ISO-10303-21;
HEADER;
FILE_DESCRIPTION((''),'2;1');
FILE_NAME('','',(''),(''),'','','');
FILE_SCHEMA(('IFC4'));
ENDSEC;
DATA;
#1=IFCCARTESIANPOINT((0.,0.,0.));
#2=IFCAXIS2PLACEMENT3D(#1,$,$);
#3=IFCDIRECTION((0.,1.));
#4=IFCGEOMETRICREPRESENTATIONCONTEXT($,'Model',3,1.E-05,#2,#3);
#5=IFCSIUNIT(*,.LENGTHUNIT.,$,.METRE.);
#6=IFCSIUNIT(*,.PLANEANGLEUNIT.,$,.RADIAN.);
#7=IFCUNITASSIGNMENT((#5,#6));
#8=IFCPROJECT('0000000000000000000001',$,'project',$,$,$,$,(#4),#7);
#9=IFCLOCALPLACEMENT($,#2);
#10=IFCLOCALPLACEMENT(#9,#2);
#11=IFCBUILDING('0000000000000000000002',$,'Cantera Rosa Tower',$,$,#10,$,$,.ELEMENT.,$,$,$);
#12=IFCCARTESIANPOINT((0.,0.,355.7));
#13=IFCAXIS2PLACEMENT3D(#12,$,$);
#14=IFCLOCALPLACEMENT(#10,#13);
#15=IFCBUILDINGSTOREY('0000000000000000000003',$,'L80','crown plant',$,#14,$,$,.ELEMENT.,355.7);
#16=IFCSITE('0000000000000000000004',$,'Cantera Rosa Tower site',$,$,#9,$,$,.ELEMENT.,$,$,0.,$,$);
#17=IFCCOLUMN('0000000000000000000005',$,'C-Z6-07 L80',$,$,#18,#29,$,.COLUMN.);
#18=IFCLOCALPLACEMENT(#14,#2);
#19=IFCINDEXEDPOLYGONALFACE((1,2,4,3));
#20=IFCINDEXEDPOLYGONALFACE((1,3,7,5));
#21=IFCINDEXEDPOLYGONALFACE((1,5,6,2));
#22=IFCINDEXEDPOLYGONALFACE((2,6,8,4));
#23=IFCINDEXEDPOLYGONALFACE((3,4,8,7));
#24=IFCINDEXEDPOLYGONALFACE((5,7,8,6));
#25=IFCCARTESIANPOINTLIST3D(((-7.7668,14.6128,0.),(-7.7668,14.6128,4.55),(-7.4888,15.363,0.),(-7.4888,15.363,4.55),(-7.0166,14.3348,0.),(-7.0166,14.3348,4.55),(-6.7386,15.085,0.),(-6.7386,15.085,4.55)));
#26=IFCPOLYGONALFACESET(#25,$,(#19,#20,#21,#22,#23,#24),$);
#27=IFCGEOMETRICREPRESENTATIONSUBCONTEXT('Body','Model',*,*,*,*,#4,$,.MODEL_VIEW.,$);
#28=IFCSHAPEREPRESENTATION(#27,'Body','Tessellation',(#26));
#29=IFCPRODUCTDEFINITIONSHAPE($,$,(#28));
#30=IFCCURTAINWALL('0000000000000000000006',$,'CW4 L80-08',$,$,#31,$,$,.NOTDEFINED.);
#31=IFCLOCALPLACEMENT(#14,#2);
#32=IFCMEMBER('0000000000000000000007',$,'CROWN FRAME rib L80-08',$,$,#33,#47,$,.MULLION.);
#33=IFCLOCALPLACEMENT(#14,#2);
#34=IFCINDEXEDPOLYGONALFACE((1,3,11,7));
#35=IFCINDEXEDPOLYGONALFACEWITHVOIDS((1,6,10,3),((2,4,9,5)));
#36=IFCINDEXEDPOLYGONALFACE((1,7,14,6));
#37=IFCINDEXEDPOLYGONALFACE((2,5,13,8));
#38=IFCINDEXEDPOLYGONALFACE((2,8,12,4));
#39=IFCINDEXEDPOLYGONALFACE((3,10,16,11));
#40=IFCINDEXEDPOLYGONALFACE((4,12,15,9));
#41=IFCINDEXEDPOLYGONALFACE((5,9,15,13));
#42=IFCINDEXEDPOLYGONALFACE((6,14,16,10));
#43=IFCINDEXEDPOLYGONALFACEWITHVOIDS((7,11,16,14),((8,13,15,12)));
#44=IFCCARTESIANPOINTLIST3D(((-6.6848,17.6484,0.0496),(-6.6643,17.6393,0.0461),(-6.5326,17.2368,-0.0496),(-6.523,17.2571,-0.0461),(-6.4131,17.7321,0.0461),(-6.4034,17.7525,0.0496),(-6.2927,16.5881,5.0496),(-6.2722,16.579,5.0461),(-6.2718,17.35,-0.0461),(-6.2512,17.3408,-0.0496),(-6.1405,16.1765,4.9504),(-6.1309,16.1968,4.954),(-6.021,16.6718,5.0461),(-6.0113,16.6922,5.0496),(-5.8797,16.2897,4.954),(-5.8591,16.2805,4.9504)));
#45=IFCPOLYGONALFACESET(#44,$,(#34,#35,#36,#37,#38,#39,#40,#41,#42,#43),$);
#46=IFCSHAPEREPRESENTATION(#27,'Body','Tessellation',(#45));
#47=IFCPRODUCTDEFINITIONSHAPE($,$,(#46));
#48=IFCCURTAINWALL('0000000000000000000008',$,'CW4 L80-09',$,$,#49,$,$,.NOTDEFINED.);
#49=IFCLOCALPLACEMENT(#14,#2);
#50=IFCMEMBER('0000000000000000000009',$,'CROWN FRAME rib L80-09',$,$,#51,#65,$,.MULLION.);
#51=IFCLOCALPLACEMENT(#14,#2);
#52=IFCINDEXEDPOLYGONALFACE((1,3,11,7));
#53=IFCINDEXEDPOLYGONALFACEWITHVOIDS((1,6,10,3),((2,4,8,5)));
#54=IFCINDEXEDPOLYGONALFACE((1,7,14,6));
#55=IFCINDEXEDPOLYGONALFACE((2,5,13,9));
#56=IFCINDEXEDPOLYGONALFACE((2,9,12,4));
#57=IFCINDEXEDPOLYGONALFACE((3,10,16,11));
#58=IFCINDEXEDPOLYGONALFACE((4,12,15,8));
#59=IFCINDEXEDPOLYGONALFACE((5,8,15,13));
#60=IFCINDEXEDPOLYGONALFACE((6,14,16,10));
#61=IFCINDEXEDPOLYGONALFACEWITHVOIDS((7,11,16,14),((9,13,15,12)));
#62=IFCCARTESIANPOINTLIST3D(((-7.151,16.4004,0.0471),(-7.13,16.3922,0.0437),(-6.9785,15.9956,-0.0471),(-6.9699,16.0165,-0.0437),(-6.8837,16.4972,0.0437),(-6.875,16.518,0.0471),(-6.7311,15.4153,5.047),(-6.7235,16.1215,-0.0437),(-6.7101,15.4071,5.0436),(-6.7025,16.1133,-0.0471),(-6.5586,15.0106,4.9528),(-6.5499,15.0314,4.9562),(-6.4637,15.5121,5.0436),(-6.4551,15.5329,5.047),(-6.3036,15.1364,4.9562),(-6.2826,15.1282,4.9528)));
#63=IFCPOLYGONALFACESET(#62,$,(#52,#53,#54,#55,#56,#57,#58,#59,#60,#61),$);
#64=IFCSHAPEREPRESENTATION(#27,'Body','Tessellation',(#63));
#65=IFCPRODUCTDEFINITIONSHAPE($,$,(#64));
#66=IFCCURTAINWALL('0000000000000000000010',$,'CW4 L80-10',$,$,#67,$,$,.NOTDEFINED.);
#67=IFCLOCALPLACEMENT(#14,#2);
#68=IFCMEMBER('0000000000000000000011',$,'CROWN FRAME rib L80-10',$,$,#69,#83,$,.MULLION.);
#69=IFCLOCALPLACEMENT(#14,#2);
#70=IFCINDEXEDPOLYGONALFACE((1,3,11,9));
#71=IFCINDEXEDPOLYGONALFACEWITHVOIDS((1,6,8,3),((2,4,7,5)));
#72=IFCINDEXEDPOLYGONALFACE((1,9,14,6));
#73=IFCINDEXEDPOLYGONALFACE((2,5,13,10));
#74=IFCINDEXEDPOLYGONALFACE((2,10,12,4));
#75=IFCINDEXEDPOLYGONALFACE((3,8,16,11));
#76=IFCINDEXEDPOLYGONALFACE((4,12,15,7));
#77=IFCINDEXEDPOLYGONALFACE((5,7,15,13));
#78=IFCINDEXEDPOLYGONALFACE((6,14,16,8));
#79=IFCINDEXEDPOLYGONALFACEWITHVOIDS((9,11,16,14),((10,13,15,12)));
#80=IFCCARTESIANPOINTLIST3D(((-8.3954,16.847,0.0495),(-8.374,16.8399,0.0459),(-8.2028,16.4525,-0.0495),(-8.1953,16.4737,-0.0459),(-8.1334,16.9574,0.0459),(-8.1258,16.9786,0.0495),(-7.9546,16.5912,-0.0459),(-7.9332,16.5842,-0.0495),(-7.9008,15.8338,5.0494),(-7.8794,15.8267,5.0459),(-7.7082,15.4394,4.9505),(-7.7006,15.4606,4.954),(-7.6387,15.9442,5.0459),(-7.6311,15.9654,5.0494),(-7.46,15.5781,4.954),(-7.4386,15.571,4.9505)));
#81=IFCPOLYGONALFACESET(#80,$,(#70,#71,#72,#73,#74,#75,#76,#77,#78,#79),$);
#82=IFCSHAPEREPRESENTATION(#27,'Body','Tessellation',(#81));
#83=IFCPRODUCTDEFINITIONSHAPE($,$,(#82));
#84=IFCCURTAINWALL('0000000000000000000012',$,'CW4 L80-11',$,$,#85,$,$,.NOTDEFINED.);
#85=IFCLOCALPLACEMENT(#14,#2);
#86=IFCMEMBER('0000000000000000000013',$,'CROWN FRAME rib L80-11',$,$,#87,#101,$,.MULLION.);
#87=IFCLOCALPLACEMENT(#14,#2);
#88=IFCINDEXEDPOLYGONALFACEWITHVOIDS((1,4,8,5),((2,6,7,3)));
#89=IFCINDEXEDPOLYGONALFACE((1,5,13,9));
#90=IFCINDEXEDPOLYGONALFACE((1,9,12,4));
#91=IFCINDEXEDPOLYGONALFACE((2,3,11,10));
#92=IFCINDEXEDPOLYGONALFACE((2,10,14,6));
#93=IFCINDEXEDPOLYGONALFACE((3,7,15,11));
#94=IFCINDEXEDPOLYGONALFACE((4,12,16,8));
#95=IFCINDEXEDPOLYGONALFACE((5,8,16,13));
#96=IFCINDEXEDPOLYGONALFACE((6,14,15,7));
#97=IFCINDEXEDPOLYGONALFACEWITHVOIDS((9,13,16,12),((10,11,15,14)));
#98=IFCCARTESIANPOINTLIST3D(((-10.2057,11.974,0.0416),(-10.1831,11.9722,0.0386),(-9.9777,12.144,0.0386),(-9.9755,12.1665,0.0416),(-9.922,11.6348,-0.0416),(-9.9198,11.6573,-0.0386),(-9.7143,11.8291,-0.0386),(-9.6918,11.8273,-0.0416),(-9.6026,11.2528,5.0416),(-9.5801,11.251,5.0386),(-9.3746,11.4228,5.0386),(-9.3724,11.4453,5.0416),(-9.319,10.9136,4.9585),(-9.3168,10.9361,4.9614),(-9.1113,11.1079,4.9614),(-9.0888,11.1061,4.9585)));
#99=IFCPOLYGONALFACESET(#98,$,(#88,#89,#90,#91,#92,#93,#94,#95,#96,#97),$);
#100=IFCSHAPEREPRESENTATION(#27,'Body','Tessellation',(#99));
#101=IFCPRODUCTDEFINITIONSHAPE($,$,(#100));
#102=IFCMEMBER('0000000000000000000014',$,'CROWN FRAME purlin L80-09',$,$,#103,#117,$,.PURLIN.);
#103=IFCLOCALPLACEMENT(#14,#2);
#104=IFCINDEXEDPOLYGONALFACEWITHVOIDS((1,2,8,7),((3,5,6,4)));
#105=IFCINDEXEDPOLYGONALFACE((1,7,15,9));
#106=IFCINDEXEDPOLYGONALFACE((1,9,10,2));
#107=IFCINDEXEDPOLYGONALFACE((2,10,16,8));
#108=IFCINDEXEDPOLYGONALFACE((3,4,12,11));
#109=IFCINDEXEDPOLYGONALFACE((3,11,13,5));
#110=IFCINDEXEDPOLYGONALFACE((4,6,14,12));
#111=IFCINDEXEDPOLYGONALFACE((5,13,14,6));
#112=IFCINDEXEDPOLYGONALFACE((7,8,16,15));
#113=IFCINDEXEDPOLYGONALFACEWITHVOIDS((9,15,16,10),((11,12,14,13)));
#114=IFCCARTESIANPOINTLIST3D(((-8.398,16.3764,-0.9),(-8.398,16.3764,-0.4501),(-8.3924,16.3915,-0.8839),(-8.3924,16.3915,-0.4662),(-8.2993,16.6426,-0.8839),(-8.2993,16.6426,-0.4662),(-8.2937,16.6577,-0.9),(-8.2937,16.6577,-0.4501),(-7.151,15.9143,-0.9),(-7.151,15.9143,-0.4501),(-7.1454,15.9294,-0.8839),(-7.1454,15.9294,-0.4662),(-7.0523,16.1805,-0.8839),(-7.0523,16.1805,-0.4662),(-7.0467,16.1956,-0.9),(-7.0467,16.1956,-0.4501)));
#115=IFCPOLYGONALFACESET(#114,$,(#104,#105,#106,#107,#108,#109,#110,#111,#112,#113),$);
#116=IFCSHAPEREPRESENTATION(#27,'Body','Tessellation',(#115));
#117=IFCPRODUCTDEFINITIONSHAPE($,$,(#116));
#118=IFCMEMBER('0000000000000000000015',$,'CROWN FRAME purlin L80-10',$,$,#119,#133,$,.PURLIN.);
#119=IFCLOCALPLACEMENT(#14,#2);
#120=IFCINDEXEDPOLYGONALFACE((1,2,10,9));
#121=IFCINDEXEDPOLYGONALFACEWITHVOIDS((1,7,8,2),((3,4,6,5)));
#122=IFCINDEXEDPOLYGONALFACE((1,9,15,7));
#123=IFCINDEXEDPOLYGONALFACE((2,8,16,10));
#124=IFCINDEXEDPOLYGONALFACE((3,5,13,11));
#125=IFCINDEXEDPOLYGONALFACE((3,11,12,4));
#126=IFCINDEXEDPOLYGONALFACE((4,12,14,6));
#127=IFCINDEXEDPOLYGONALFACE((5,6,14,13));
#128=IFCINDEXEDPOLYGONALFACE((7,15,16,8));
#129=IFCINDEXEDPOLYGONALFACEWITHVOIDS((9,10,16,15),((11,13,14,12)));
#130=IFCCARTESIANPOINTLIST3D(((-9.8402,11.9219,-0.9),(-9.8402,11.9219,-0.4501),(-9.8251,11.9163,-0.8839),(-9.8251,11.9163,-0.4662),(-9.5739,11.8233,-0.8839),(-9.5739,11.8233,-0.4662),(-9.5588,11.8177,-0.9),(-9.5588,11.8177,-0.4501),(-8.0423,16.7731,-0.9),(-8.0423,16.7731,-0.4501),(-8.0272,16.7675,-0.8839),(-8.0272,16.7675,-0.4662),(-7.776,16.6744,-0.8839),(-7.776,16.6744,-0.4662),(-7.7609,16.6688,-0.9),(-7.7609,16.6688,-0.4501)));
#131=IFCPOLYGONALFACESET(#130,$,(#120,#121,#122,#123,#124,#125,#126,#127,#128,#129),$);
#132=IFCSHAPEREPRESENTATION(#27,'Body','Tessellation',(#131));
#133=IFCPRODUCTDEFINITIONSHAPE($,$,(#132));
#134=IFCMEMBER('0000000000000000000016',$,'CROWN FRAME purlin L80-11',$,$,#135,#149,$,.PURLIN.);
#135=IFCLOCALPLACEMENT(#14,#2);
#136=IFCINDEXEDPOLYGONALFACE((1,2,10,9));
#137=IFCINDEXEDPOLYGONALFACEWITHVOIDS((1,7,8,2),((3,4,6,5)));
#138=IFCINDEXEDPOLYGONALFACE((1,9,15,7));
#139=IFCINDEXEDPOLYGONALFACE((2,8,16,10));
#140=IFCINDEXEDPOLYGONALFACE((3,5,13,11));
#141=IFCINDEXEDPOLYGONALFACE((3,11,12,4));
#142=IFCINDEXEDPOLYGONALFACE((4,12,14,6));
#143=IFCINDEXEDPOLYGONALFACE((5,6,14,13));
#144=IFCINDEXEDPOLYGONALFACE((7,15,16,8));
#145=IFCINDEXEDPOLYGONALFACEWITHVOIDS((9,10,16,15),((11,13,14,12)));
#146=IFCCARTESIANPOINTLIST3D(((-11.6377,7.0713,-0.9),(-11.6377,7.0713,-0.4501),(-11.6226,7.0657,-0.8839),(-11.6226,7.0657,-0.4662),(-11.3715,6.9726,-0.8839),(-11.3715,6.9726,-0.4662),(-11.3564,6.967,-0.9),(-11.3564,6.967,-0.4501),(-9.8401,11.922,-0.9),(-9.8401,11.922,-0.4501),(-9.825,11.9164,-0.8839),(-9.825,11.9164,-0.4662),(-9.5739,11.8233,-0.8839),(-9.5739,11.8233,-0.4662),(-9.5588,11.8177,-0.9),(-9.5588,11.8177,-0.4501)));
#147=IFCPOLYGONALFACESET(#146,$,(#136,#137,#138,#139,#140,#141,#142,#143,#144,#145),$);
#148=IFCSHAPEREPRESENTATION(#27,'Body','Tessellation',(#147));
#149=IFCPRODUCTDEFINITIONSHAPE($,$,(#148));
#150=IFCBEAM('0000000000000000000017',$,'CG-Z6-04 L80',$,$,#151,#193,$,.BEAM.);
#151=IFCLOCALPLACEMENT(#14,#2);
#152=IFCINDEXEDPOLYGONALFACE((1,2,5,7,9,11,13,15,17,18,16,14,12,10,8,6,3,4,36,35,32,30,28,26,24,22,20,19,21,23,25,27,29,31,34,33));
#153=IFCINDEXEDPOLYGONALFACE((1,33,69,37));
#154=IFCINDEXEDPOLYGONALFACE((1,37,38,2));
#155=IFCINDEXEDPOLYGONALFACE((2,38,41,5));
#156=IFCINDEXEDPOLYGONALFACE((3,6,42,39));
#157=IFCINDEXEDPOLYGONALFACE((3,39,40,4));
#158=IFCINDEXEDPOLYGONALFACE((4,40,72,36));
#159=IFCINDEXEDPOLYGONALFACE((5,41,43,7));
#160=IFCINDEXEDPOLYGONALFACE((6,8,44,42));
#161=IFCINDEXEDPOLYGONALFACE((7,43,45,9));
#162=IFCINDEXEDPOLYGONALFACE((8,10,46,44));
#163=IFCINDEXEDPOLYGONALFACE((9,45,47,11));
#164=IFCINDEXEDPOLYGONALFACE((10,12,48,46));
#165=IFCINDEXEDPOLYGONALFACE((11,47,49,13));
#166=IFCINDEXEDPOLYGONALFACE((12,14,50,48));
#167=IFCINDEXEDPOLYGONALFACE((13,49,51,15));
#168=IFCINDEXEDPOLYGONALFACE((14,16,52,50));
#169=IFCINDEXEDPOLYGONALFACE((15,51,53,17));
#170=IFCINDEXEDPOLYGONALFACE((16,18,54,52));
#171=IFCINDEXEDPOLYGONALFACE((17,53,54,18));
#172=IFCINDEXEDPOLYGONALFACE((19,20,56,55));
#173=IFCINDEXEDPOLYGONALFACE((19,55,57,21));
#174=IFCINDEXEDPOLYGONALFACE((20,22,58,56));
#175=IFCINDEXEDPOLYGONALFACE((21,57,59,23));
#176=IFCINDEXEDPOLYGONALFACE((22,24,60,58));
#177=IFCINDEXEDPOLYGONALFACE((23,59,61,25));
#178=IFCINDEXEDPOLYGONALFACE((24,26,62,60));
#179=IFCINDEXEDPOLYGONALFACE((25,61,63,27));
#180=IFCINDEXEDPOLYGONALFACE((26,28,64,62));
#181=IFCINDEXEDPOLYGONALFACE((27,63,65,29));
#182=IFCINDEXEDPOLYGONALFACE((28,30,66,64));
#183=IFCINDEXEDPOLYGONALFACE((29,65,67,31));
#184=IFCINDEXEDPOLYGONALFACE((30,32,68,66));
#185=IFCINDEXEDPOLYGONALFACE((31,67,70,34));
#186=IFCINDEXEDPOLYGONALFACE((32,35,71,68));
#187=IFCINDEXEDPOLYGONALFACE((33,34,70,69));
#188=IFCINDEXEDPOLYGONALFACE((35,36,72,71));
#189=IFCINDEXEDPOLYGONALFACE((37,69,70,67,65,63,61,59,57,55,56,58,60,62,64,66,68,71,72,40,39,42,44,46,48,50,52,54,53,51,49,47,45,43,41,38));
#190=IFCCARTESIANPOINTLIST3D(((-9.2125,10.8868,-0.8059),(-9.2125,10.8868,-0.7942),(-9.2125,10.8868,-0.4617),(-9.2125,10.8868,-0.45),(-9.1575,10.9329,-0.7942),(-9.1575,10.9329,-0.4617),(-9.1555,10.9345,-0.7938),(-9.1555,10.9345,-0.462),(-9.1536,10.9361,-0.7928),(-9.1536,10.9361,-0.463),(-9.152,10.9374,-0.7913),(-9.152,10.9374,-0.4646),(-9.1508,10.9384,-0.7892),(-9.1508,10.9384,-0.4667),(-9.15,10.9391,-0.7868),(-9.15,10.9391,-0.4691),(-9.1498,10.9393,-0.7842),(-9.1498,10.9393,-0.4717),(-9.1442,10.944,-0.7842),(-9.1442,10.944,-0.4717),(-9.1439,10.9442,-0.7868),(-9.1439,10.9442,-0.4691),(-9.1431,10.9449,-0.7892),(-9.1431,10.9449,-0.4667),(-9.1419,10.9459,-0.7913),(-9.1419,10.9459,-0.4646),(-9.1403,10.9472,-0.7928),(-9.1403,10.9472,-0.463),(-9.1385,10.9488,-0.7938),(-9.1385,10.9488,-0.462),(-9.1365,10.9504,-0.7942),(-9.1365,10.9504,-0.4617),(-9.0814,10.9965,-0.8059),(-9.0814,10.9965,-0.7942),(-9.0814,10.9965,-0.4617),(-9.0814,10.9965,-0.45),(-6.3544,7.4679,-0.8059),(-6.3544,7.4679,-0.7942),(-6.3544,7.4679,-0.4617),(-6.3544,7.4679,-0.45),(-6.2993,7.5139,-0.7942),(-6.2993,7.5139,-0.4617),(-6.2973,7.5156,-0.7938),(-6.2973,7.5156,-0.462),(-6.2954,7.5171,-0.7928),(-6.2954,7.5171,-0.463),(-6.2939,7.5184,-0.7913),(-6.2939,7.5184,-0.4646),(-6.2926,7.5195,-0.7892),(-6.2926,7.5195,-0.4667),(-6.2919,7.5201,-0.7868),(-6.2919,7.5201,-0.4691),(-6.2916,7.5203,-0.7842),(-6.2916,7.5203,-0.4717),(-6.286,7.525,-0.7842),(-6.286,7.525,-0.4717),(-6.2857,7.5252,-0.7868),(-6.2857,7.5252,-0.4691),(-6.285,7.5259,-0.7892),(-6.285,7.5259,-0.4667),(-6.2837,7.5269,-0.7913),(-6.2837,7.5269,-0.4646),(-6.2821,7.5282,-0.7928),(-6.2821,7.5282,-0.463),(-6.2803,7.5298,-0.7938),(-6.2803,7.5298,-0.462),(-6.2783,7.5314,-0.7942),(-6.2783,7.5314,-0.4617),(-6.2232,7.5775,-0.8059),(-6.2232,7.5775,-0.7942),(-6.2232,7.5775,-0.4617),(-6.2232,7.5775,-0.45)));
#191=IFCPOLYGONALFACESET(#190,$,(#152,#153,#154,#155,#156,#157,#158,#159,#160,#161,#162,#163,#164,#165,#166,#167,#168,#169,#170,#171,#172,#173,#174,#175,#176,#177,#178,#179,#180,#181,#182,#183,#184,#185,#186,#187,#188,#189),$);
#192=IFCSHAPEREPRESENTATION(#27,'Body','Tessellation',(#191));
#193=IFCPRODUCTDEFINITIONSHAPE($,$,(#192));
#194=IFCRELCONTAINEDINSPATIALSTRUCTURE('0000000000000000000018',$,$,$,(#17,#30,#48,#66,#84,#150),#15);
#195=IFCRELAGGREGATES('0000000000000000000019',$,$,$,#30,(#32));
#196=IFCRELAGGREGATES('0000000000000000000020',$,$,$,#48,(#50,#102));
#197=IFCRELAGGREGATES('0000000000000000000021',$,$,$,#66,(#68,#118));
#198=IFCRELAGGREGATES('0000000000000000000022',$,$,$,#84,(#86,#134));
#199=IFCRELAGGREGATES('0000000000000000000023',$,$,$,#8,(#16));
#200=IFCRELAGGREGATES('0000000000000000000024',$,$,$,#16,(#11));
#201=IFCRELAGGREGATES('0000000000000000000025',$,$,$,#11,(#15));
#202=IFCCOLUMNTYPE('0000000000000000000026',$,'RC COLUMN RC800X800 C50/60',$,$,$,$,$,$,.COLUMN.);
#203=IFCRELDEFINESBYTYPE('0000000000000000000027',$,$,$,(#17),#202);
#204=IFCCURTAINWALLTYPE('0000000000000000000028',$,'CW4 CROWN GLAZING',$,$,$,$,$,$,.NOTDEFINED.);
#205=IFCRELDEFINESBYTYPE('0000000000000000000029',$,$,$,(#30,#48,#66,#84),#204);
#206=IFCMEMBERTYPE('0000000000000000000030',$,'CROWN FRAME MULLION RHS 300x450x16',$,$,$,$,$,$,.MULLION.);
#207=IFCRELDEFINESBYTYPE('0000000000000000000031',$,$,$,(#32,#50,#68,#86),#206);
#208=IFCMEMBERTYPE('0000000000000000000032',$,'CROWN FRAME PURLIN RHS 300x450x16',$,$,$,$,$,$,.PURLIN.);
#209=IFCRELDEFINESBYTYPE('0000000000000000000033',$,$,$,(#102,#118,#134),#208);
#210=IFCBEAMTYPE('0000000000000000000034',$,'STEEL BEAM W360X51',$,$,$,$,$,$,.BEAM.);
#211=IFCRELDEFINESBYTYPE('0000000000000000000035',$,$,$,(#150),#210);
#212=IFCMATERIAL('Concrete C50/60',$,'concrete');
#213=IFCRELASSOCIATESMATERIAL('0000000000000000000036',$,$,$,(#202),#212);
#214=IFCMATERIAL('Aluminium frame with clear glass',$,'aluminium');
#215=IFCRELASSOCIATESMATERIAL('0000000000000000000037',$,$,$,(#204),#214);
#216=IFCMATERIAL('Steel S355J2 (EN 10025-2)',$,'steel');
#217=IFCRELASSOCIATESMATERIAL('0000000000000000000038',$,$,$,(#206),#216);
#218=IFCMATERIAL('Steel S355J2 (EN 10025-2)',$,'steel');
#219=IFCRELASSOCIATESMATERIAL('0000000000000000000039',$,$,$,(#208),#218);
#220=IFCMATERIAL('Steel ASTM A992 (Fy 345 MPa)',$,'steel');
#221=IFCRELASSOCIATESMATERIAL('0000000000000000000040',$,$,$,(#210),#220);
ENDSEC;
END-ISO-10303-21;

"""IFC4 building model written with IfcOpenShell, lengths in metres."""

from ifc_helpers import new_model, si_unit, direction, frame, origin, origin_2d, place, context, subcontext, project, spatial, rectangle, hollow_rectangle, i_section, extrude, material, material_profile, profile_set, type_object, element, aggregate, save


model = new_model("IFC4")

# Units and contexts
model_context = context("Model", 3, precision=1e-05, world=origin(), true_north=direction((0.0, 1.0)))
body_context = subcontext(model_context, "Body", "Model", "MODEL_VIEW")
ifc_project = project(units=[si_unit("LENGTHUNIT", "METRE"), si_unit("PLANEANGLEUNIT", "RADIAN")], contexts=[model_context])

# Site, building, storey
site_placement = place(None, origin())
site = spatial("IfcSite", under=ifc_project, at=site_placement, Name="Cantera Rosa Tower site", CompositionType="ELEMENT", RefElevation=0.0)
building_placement = place(site_placement, origin())
building = spatial("IfcBuilding", under=site, at=building_placement, Name="Cantera Rosa Tower", CompositionType="ELEMENT")
storey_placement = place(building_placement, frame((0.0, 0.0, 355.7)))
storey = spatial("IfcBuildingStorey", under=building, at=storey_placement, Name="L80", Description="crown plant", CompositionType="ELEMENT", Elevation=355.7)

# Column
ifc_material_1 = material(Name="Concrete C50/60", Category="concrete")
ifc_material_profile_1 = material_profile(ifc_material_1, rectangle(XDim=0.8, YDim=0.8, at=origin_2d()), Name="RC COLUMN RC800X800 C50/60")
ifc_profile_set_1 = profile_set([ifc_material_profile_1], Name="Concrete C50/60")
column_type = type_object("IfcColumnType", Name="RC COLUMN RC800X800 C50/60", PredefinedType="COLUMN", material=ifc_profile_set_1)
column_placement = place(storey_placement, frame((-7.2527, 14.8489, 0.0), z_axis=(0.0, 0.0, 1.0), x_axis=(0.347481, 0.937687, 0.0)))
element("IfcColumn", 1, at=column_placement, inside=storey, type_object=column_type, Name="C-Z6-07 L80", PredefinedType="COLUMN", context=body_context, shape_type="SweptSolid", body=[
    extrude(rectangle(XDim=0.8, YDim=0.8, at=origin_2d()), origin(), (0.0, 0.0, 1.0), 4.55),
])

# Curtain walls, members
ifc_material_2 = material(Name="Aluminium frame with clear glass", Category="aluminium")
curtain_wall_type = type_object("IfcCurtainWallType", Name="CW4 CROWN GLAZING", PredefinedType="NOTDEFINED", material=ifc_material_2)
curtain_wall_1_placement = place(storey_placement, origin())
curtain_wall_1 = element("IfcCurtainWall", 2, at=curtain_wall_1_placement, inside=storey, type_object=curtain_wall_type, Name="CW4 L80-08", PredefinedType="NOTDEFINED")
ifc_material_3 = material(Name="Steel S355J2 (EN 10025-2)", Category="steel")
ifc_material_profile_2 = material_profile(ifc_material_3, hollow_rectangle(XDim=0.3, YDim=0.45, WallThickness=0.0161, at=origin_2d()), Name="CROWN FRAME MULLION RHS 300x450x16")
ifc_profile_set_2 = profile_set([ifc_material_profile_2], Name="Steel S355J2 (EN 10025-2)")
member_type_1 = type_object("IfcMemberType", Name="CROWN FRAME MULLION RHS 300x450x16", PredefinedType="MULLION", material=ifc_profile_set_2)
member_1_placement = place(storey_placement, frame((-6.468, 17.4946, 0.0), z_axis=(0.076487, -0.20684, 0.97538), x_axis=(0.937926, 0.346836, 0.0)))
member_1 = element("IfcMember", 3, at=member_1_placement, type_object=member_type_1, Name="CROWN FRAME rib L80-08", PredefinedType="MULLION", context=body_context, shape_type="SweptSolid", body=[
    extrude(hollow_rectangle(XDim=0.3, YDim=0.45, WallThickness=0.0161, at=origin_2d()), origin(), (0.0, 0.0, 1.0), 5.1262),
])
curtain_wall_2_placement = place(storey_placement, origin())
curtain_wall_2 = element("IfcCurtainWall", 4, at=curtain_wall_2_placement, inside=storey, type_object=curtain_wall_type, Name="CW4 L80-09", PredefinedType="NOTDEFINED")
member_2_placement = place(storey_placement, frame((-6.9268, 16.2568, 0.0), z_axis=(0.082122, -0.192652, 0.977825), x_axis=(0.91991, 0.39213, 0.0)))
member_2 = element("IfcMember", 5, at=member_2_placement, type_object=member_type_1, Name="CROWN FRAME rib L80-09", PredefinedType="MULLION", context=body_context, shape_type="SweptSolid", body=[
    extrude(hollow_rectangle(XDim=0.3, YDim=0.45, WallThickness=0.0161, at=origin_2d()), origin(), (0.0, 0.0, 1.0), 5.1133),
])
curtain_wall_3_placement = place(storey_placement, origin())
curtain_wall_3 = element("IfcCurtainWall", 6, at=curtain_wall_3_placement, inside=storey, type_object=curtain_wall_type, Name="CW4 L80-10", PredefinedType="NOTDEFINED")
member_3_placement = place(storey_placement, frame((-8.1643, 16.7156, 0.0), z_axis=(0.096503, -0.197673, 0.975506), x_axis=(0.898631, 0.438705, 0.0)))
member_3 = element("IfcMember", 7, at=member_3_placement, type_object=member_type_1, Name="CROWN FRAME rib L80-10", PredefinedType="MULLION", context=body_context, shape_type="SweptSolid", body=[
    extrude(hollow_rectangle(XDim=0.3, YDim=0.45, WallThickness=0.0161, at=origin_2d()), origin(), (0.0, 0.0, 1.0), 5.1255),
])
curtain_wall_4_placement = place(storey_placement, origin())
curtain_wall_4 = element("IfcCurtainWall", 8, at=curtain_wall_4_placement, inside=storey, type_object=curtain_wall_type, Name="CW4 L80-11", PredefinedType="NOTDEFINED")
member_4_placement = place(storey_placement, frame((-9.9487, 11.9006, 0.0), z_axis=(0.118529, -0.141755, 0.98278), x_axis=(0.767156, 0.641461, 0.0)))
member_4 = element("IfcMember", 9, at=member_4_placement, type_object=member_type_1, Name="CROWN FRAME rib L80-11", PredefinedType="MULLION", context=body_context, shape_type="SweptSolid", body=[
    extrude(hollow_rectangle(XDim=0.3, YDim=0.45, WallThickness=0.0161, at=origin_2d()), origin(), (0.0, 0.0, 1.0), 5.0876),
])

# Members
ifc_material_4 = material(Name="Steel S355J2 (EN 10025-2)", Category="steel")
ifc_material_profile_3 = material_profile(ifc_material_4, hollow_rectangle(XDim=0.3, YDim=0.45, WallThickness=0.0161, at=origin_2d()), Name="CROWN FRAME PURLIN RHS 300x450x16")
ifc_profile_set_3 = profile_set([ifc_material_profile_3], Name="Steel S355J2 (EN 10025-2)")
member_type_2 = type_object("IfcMemberType", Name="CROWN FRAME PURLIN RHS 300x450x16", PredefinedType="PURLIN", material=ifc_profile_set_3)
member_5_placement = place(storey_placement, frame((-7.0989, 16.0549, -0.675), z_axis=(-0.93768, 0.3475, 0.0), x_axis=(-0.3475, -0.93768, 0.0)))
member_5 = element("IfcMember", 10, at=member_5_placement, type_object=member_type_2, Name="CROWN FRAME purlin L80-09", PredefinedType="PURLIN", context=body_context, shape_type="SweptSolid", body=[
    extrude(hollow_rectangle(XDim=0.3, YDim=0.45, WallThickness=0.0161, at=origin_2d()), origin(), (0.0, 0.0, 1.0), 1.3298),
])
member_6_placement = place(storey_placement, frame((-7.9016, 16.7209, -0.675), z_axis=(-0.347511, -0.937676, 0.0), x_axis=(0.937676, -0.347511, 0.0)))
member_6 = element("IfcMember", 11, at=member_6_placement, type_object=member_type_2, Name="CROWN FRAME purlin L80-10", PredefinedType="PURLIN", context=body_context, shape_type="SweptSolid", body=[
    extrude(hollow_rectangle(XDim=0.3, YDim=0.45, WallThickness=0.0161, at=origin_2d()), origin(), (0.0, 0.0, 1.0), 5.1736),
])
member_7_placement = place(storey_placement, frame((-9.6995, 11.8699, -0.675), z_axis=(-0.347485, -0.937686, 0.0), x_axis=(0.937686, -0.347485, 0.0)))
member_7 = element("IfcMember", 12, at=member_7_placement, type_object=member_type_2, Name="CROWN FRAME purlin L80-11", PredefinedType="PURLIN", context=body_context, shape_type="SweptSolid", body=[
    extrude(hollow_rectangle(XDim=0.3, YDim=0.45, WallThickness=0.0161, at=origin_2d()), origin(), (0.0, 0.0, 1.0), 5.1731),
])

# Beam
ifc_material_5 = material(Name="Steel ASTM A992 (Fy 345 MPa)", Category="steel")
ifc_material_profile_4 = material_profile(ifc_material_5, i_section(OverallWidth=0.1709, OverallDepth=0.356, WebThickness=0.0073, FlangeThickness=0.0117, FilletRadius=0.01, at=origin_2d()), Name="W360X51")
ifc_profile_set_4 = profile_set([ifc_material_profile_4], Name="Steel ASTM A992 (Fy 345 MPa)")
beam_type_1 = type_object("IfcBeamType", Name="STEEL BEAM W360X51", PredefinedType="BEAM", material=ifc_profile_set_4)
beam_1_placement = place(storey_placement, frame((-9.147, 10.9417, -0.6279), z_axis=(0.64138, -0.767223, 0.0), x_axis=(0.767223, 0.64138, 0.0)))
element("IfcBeam", 13, at=beam_1_placement, inside=storey, type_object=beam_type_1, Name="CG-Z6-04 L80", PredefinedType="BEAM", context=body_context, shape_type="SweptSolid", body=[
    extrude(i_section(OverallWidth=0.1709, OverallDepth=0.356, WebThickness=0.0073, FlangeThickness=0.0117, FilletRadius=0.01, at=origin_2d()), origin(), (0.0, 0.0, 1.0), 4.4563),
])

aggregate(curtain_wall_1, [member_1])
aggregate(curtain_wall_2, [member_2, member_5])
aggregate(curtain_wall_3, [member_3, member_6])
aggregate(curtain_wall_4, [member_4, member_7])

save(model, "model.ifc")
